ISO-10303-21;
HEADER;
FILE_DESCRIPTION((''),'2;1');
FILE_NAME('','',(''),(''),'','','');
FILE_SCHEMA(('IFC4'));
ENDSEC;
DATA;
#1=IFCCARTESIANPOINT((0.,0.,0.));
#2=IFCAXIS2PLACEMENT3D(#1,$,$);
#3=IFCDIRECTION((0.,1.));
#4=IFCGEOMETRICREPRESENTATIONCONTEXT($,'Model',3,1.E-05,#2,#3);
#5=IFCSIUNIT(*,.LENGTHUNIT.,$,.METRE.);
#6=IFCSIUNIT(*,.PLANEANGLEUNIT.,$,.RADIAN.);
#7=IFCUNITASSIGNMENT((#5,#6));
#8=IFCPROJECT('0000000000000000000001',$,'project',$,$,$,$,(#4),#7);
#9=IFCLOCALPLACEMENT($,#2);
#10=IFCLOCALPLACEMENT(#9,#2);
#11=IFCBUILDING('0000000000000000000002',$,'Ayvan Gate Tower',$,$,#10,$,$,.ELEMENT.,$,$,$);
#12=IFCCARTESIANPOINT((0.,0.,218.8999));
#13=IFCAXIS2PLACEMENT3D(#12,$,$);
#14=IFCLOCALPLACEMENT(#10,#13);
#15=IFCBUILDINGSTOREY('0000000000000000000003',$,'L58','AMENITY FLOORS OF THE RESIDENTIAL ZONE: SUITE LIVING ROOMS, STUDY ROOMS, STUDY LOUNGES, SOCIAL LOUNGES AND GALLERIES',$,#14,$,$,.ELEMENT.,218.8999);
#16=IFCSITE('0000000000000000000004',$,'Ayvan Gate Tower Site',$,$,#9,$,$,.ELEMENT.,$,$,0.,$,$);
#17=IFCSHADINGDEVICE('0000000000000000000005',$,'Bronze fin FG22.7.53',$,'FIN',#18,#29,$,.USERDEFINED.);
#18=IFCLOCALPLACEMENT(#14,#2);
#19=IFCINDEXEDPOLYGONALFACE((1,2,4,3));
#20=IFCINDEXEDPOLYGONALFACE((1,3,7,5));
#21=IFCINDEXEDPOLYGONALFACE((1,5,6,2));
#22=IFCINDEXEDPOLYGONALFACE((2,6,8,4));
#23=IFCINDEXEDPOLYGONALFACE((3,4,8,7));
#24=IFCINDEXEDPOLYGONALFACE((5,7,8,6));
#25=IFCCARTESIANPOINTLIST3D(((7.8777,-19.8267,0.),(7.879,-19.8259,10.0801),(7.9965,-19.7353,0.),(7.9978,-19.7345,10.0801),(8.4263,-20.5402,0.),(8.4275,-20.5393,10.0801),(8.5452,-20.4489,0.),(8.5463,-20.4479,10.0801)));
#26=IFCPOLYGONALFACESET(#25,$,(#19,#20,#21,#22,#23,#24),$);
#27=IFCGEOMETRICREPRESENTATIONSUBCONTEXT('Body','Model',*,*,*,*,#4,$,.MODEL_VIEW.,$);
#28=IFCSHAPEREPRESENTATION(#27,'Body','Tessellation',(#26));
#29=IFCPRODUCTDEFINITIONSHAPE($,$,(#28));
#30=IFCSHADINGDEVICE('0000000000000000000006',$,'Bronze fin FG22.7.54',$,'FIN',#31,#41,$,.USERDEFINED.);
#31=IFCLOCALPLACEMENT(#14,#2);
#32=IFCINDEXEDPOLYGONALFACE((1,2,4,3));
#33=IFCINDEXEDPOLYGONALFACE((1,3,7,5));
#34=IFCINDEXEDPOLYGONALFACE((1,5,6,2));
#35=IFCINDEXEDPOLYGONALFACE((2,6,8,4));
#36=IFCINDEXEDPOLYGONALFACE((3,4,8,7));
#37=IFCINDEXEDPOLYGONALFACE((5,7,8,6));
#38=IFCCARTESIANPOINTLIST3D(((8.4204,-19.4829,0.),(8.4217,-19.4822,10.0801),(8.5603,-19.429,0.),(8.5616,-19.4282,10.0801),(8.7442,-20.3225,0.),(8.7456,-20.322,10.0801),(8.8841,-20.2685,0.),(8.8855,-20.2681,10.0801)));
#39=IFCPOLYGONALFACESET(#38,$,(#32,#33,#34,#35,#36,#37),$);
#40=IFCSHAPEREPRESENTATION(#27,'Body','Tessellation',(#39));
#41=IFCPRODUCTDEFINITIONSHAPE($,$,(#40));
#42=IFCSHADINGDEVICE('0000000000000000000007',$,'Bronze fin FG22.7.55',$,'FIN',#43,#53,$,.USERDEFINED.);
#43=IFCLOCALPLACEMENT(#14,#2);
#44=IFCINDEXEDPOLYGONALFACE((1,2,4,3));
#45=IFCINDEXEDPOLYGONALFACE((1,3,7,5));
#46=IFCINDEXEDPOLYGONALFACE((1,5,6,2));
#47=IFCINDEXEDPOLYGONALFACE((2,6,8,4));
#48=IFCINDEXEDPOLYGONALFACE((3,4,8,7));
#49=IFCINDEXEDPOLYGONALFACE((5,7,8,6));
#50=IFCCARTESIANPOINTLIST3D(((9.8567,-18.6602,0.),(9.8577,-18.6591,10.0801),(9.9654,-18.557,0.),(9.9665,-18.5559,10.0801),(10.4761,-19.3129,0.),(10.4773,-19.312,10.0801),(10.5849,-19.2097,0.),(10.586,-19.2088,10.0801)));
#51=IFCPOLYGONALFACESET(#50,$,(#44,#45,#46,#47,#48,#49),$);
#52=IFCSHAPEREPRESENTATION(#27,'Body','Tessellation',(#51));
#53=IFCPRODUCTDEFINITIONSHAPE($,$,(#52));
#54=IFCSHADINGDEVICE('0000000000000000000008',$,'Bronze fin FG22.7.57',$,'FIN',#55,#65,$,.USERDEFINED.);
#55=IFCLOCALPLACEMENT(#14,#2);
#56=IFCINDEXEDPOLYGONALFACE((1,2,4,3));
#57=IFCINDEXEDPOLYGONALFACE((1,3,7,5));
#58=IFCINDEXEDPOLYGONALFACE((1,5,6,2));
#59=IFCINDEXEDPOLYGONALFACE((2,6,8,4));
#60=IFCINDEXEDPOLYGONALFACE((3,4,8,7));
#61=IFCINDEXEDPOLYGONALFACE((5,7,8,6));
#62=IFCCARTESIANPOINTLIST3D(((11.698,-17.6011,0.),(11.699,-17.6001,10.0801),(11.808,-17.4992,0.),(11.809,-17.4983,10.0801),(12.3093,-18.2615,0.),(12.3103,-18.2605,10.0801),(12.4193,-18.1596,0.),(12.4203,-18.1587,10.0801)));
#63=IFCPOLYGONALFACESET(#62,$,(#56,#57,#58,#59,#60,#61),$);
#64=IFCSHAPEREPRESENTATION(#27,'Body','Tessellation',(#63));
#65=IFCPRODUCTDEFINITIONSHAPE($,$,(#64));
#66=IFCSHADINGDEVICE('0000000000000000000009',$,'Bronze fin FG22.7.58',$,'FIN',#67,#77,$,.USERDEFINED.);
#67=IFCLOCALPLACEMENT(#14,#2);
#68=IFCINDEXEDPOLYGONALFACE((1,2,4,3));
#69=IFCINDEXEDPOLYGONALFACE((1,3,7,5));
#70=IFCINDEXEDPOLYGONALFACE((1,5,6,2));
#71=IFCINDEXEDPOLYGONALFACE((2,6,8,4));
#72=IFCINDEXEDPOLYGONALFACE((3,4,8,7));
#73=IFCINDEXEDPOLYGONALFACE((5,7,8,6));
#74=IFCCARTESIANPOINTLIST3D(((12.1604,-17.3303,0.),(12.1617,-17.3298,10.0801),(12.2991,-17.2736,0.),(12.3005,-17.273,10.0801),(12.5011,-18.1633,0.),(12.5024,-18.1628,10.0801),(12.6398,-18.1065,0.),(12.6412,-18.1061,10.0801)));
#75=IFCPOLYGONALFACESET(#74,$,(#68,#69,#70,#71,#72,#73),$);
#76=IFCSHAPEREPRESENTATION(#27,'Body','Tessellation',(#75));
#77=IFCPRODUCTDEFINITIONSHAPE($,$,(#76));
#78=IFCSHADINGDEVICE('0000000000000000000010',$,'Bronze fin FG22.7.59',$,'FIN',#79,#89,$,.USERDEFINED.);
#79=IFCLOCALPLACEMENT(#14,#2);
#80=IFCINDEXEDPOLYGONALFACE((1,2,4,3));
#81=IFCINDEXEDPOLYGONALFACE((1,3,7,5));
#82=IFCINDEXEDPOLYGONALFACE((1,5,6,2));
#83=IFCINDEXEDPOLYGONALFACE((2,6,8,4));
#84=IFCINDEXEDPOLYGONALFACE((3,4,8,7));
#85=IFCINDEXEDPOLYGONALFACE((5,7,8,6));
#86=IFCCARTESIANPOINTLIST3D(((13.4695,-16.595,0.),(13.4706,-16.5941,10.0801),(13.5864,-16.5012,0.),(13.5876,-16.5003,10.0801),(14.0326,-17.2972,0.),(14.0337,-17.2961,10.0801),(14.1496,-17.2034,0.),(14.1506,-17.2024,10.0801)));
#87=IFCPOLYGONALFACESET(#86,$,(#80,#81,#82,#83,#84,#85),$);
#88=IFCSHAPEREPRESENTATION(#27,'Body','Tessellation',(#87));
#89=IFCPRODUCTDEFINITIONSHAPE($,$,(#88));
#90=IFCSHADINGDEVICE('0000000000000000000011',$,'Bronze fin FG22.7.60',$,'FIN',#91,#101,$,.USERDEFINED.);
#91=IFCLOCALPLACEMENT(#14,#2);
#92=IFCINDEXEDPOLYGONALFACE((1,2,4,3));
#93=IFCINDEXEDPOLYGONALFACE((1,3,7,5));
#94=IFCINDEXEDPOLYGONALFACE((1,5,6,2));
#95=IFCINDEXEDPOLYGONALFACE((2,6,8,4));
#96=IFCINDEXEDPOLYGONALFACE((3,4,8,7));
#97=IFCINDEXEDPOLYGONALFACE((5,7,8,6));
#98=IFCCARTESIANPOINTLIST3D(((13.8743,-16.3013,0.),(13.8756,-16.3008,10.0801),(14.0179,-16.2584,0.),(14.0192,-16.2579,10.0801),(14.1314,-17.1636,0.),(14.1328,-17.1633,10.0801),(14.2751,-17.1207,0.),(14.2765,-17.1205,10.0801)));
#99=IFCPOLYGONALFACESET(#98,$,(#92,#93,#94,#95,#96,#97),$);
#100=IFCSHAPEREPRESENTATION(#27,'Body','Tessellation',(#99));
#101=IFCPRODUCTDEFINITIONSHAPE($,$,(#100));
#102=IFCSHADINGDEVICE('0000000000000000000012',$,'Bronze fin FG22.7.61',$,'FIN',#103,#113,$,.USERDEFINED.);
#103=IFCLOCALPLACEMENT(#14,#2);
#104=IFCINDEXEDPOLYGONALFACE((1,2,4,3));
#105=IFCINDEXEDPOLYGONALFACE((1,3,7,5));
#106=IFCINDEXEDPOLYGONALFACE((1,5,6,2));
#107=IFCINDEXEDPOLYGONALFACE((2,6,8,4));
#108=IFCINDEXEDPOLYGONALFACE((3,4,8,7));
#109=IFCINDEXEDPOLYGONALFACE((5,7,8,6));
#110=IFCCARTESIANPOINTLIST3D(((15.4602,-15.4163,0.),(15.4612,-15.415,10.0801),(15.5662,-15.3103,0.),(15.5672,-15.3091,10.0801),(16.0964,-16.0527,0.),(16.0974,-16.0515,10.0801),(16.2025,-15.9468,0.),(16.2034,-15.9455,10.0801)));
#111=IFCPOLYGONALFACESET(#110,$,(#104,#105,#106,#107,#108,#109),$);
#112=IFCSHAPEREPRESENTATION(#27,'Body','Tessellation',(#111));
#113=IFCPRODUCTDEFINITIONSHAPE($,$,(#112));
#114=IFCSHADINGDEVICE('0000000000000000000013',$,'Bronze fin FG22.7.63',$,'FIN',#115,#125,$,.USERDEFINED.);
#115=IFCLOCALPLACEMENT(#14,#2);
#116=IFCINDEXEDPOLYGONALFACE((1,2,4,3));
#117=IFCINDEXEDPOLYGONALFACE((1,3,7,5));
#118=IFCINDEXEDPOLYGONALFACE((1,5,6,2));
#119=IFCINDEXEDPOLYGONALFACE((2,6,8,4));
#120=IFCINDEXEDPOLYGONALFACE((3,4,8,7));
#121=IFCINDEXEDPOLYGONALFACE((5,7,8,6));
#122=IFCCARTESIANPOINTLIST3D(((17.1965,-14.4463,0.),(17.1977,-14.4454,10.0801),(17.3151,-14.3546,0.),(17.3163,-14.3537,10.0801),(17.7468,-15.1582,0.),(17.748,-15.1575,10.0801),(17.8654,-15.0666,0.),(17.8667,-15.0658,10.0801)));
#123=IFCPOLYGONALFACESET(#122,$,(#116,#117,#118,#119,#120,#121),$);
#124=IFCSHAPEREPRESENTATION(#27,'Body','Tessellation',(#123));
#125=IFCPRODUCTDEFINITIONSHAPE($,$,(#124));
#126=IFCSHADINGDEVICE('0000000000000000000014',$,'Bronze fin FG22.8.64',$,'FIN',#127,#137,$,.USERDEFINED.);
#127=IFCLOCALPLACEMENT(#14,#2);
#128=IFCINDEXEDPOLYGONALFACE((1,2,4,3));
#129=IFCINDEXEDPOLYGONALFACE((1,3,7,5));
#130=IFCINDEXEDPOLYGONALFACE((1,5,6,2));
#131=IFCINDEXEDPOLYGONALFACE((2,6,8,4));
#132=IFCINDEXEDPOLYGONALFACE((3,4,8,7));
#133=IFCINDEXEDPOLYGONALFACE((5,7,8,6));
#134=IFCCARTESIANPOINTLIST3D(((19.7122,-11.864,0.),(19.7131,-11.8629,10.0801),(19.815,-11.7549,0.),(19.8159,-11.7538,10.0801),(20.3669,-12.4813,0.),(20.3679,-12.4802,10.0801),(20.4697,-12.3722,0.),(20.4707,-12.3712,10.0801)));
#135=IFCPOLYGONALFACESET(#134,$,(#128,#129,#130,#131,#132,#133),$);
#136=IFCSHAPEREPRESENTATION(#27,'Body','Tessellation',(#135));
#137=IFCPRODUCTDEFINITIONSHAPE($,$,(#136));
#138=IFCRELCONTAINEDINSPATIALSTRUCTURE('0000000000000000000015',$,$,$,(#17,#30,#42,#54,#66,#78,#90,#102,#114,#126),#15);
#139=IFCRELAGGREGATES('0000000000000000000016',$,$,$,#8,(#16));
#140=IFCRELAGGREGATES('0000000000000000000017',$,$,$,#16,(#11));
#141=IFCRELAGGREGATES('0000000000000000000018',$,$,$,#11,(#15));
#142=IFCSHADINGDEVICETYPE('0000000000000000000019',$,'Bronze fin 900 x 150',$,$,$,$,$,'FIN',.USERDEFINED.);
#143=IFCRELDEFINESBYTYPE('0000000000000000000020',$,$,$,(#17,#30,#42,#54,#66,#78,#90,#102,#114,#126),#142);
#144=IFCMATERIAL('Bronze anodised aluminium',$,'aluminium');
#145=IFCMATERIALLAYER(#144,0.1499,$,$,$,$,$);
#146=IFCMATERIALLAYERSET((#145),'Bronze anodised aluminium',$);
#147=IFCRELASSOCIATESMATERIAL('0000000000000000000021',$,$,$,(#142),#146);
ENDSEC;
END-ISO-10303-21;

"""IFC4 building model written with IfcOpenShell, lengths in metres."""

from ifc_helpers import new_model, si_unit, direction, frame, origin, place, context, subcontext, project, spatial, polyline, outline, extrude, material, layer, layer_set, type_object, element, save


model = new_model("IFC4")

# Units and contexts
model_context = context("Model", 3, precision=1e-05, world=origin(), true_north=direction((0.0, 1.0)))
body_context = subcontext(model_context, "Body", "Model", "MODEL_VIEW")
ifc_project = project(units=[si_unit("LENGTHUNIT", "METRE"), si_unit("PLANEANGLEUNIT", "RADIAN")], contexts=[model_context])

# Site, building, storey
site_placement = place(None, origin())
site = spatial("IfcSite", under=ifc_project, at=site_placement, Name="Ayvan Gate Tower Site", CompositionType="ELEMENT", RefElevation=0.0)
building_placement = place(site_placement, origin())
building = spatial("IfcBuilding", under=site, at=building_placement, Name="Ayvan Gate Tower", CompositionType="ELEMENT")
storey_placement = place(building_placement, frame((0.0, 0.0, 218.8999)))
storey = spatial("IfcBuildingStorey", under=building, at=storey_placement, Name="L58", Description="AMENITY FLOORS OF THE RESIDENTIAL ZONE: SUITE LIVING ROOMS, STUDY ROOMS, STUDY LOUNGES, SOCIAL LOUNGES AND GALLERIES", CompositionType="ELEMENT", Elevation=218.8999)

# Shared definitions
ifc_material_1 = material(Name="Bronze anodised aluminium", Category="aluminium")

# Shading devices
ifc_layer_1 = layer(ifc_material_1, 0.1499)
ifc_layer_set_1 = layer_set([ifc_layer_1], Name="Bronze anodised aluminium")
shading_device_type = type_object("IfcShadingDeviceType", Name="Bronze fin 900 x 150", ElementType="FIN", PredefinedType="USERDEFINED", material=ifc_layer_set_1)
shading_device_1_placement = place(storey_placement, frame((7.8777, -19.8267, 0.0), z_axis=(-0.792765, -0.609527, 0.000148), x_axis=(0.609527, -0.792765, 0.0)))
element("IfcShadingDevice", 1, at=shading_device_1_placement, inside=storey, type_object=shading_device_type, Name="Bronze fin FG22.7.53", ObjectType="FIN", PredefinedType="USERDEFINED", context=body_context, shape_type="SweptSolid", body=[
    extrude(outline(polyline([(0.0, 0.0), (0.9001, 0.0), (0.9001, 10.0801), (0.0002, 10.0801), (0.0, 0.0)])), origin(), (0.0, 0.0, -1.0), 0.1499),
])
shading_device_2_placement = place(storey_placement, frame((8.4204, -19.4829, 0.0), z_axis=(-0.933017, -0.359833, 0.000146), x_axis=(0.359833, -0.933017, 0.0)))
element("IfcShadingDevice", 2, at=shading_device_2_placement, inside=storey, type_object=shading_device_type, Name="Bronze fin FG22.7.54", ObjectType="FIN", PredefinedType="USERDEFINED", context=body_context, shape_type="SweptSolid", body=[
    extrude(outline(polyline([(0.0, 0.0), (0.8998, 0.0), (0.8999, 10.0801), (-0.0002, 10.0801), (0.0, 0.0)])), origin(), (0.0, 0.0, -1.0), 0.1499),
])
shading_device_3_placement = place(storey_placement, frame((9.8567, -18.6602, 0.0), z_axis=(-0.725379, -0.68835, 0.000146), x_axis=(0.68835, -0.725379, 0.0)))
element("IfcShadingDevice", 3, at=shading_device_3_placement, inside=storey, type_object=shading_device_type, Name="Bronze fin FG22.7.55", ObjectType="FIN", PredefinedType="USERDEFINED", context=body_context, shape_type="SweptSolid", body=[
    extrude(outline(polyline([(0.0, 0.0), (0.8999, 0.0), (0.9, 10.0801), (0.0, 10.0801), (0.0, 0.0)])), origin(), (0.0, 0.0, -1.0), 0.1499),
])
shading_device_4_placement = place(storey_placement, frame((11.698, -17.6011, 0.0), z_axis=(-0.733846, -0.679316, 0.000137), x_axis=(0.679316, -0.733846, 0.0)))
element("IfcShadingDevice", 4, at=shading_device_4_placement, inside=storey, type_object=shading_device_type, Name="Bronze fin FG22.7.57", ObjectType="FIN", PredefinedType="USERDEFINED", context=body_context, shape_type="SweptSolid", body=[
    extrude(outline(polyline([(0.0, 0.0), (0.8999, 0.0), (0.8999, 10.0801), (-0.0001, 10.0801), (0.0, 0.0)])), origin(), (0.0, 0.0, -1.0), 0.1499),
])
shading_device_5_placement = place(storey_placement, frame((12.1604, -17.3303, 0.0), z_axis=(-0.925577, -0.378559, 0.000142), x_axis=(0.378559, -0.925577, 0.0)))
element("IfcShadingDevice", 5, at=shading_device_5_placement, inside=storey, type_object=shading_device_type, Name="Bronze fin FG22.7.58", ObjectType="FIN", PredefinedType="USERDEFINED", context=body_context, shape_type="SweptSolid", body=[
    extrude(outline(polyline([(0.0, 0.0), (0.8999, 0.0), (0.9, 10.0801), (0.0, 10.0801), (0.0, 0.0)])), origin(), (0.0, 0.0, -1.0), 0.1499),
])
shading_device_6_placement = place(storey_placement, frame((13.4695, -16.595, 0.0), z_axis=(-0.780114, -0.625637, 0.000146), x_axis=(0.625637, -0.780114, 0.0)))
element("IfcShadingDevice", 6, at=shading_device_6_placement, inside=storey, type_object=shading_device_type, Name="Bronze fin FG22.7.59", ObjectType="FIN", PredefinedType="USERDEFINED", context=body_context, shape_type="SweptSolid", body=[
    extrude(outline(polyline([(0.0, 0.0), (0.9001, 0.0), (0.9, 10.0801), (0.0, 10.0801), (0.0, 0.0)])), origin(), (0.0, 0.0, -1.0), 0.1499),
])
shading_device_7_placement = place(storey_placement, frame((13.8743, -16.3013, 0.0), z_axis=(-0.958292, -0.285792, 0.000138), x_axis=(0.285792, -0.958292, 0.0)))
element("IfcShadingDevice", 7, at=shading_device_7_placement, inside=storey, type_object=shading_device_type, Name="Bronze fin FG22.7.60", ObjectType="FIN", PredefinedType="USERDEFINED", context=body_context, shape_type="SweptSolid", body=[
    extrude(outline(polyline([(0.0, 0.0), (0.8998, 0.0), (0.9, 10.0801), (-0.0001, 10.0801), (0.0, 0.0)])), origin(), (0.0, 0.0, -1.0), 0.1499),
])
shading_device_8_placement = place(storey_placement, frame((15.4602, -15.4163, 0.0), z_axis=(-0.707242, -0.706971, 0.000154), x_axis=(0.706971, -0.707242, 0.0)))
element("IfcShadingDevice", 8, at=shading_device_8_placement, inside=storey, type_object=shading_device_type, Name="Bronze fin FG22.7.61", ObjectType="FIN", PredefinedType="USERDEFINED", context=body_context, shape_type="SweptSolid", body=[
    extrude(outline(polyline([(0.0, 0.0), (0.8999, 0.0), (0.8998, 10.0801), (-0.0002, 10.0801), (0.0, 0.0)])), origin(), (0.0, 0.0, -1.0), 0.1499),
])
shading_device_9_placement = place(storey_placement, frame((17.1965, -14.4463, 0.0), z_axis=(-0.79124, -0.611505, 0.000148), x_axis=(0.611505, -0.79124, 0.0)))
element("IfcShadingDevice", 9, at=shading_device_9_placement, inside=storey, type_object=shading_device_type, Name="Bronze fin FG22.7.63", ObjectType="FIN", PredefinedType="USERDEFINED", context=body_context, shape_type="SweptSolid", body=[
    extrude(outline(polyline([(0.0, 0.0), (0.8998, 0.0), (0.9, 10.0801), (0.0, 10.0801), (0.0, 0.0)])), origin(), (0.0, 0.0, -1.0), 0.1499),
])
shading_device_10_placement = place(storey_placement, frame((19.7122, -11.864, 0.0), z_axis=(-0.685978, -0.727622, 0.000146), x_axis=(0.727622, -0.685978, 0.0)))
element("IfcShadingDevice", 10, at=shading_device_10_placement, inside=storey, type_object=shading_device_type, Name="Bronze fin FG22.8.64", ObjectType="FIN", PredefinedType="USERDEFINED", context=body_context, shape_type="SweptSolid", body=[
    extrude(outline(polyline([(0.0, 0.0), (0.8998, 0.0), (0.8999, 10.0801), (-0.0001, 10.0801), (0.0, 0.0)])), origin(), (0.0, 0.0, -1.0), 0.1499),
])

save(model, "model.ifc")
